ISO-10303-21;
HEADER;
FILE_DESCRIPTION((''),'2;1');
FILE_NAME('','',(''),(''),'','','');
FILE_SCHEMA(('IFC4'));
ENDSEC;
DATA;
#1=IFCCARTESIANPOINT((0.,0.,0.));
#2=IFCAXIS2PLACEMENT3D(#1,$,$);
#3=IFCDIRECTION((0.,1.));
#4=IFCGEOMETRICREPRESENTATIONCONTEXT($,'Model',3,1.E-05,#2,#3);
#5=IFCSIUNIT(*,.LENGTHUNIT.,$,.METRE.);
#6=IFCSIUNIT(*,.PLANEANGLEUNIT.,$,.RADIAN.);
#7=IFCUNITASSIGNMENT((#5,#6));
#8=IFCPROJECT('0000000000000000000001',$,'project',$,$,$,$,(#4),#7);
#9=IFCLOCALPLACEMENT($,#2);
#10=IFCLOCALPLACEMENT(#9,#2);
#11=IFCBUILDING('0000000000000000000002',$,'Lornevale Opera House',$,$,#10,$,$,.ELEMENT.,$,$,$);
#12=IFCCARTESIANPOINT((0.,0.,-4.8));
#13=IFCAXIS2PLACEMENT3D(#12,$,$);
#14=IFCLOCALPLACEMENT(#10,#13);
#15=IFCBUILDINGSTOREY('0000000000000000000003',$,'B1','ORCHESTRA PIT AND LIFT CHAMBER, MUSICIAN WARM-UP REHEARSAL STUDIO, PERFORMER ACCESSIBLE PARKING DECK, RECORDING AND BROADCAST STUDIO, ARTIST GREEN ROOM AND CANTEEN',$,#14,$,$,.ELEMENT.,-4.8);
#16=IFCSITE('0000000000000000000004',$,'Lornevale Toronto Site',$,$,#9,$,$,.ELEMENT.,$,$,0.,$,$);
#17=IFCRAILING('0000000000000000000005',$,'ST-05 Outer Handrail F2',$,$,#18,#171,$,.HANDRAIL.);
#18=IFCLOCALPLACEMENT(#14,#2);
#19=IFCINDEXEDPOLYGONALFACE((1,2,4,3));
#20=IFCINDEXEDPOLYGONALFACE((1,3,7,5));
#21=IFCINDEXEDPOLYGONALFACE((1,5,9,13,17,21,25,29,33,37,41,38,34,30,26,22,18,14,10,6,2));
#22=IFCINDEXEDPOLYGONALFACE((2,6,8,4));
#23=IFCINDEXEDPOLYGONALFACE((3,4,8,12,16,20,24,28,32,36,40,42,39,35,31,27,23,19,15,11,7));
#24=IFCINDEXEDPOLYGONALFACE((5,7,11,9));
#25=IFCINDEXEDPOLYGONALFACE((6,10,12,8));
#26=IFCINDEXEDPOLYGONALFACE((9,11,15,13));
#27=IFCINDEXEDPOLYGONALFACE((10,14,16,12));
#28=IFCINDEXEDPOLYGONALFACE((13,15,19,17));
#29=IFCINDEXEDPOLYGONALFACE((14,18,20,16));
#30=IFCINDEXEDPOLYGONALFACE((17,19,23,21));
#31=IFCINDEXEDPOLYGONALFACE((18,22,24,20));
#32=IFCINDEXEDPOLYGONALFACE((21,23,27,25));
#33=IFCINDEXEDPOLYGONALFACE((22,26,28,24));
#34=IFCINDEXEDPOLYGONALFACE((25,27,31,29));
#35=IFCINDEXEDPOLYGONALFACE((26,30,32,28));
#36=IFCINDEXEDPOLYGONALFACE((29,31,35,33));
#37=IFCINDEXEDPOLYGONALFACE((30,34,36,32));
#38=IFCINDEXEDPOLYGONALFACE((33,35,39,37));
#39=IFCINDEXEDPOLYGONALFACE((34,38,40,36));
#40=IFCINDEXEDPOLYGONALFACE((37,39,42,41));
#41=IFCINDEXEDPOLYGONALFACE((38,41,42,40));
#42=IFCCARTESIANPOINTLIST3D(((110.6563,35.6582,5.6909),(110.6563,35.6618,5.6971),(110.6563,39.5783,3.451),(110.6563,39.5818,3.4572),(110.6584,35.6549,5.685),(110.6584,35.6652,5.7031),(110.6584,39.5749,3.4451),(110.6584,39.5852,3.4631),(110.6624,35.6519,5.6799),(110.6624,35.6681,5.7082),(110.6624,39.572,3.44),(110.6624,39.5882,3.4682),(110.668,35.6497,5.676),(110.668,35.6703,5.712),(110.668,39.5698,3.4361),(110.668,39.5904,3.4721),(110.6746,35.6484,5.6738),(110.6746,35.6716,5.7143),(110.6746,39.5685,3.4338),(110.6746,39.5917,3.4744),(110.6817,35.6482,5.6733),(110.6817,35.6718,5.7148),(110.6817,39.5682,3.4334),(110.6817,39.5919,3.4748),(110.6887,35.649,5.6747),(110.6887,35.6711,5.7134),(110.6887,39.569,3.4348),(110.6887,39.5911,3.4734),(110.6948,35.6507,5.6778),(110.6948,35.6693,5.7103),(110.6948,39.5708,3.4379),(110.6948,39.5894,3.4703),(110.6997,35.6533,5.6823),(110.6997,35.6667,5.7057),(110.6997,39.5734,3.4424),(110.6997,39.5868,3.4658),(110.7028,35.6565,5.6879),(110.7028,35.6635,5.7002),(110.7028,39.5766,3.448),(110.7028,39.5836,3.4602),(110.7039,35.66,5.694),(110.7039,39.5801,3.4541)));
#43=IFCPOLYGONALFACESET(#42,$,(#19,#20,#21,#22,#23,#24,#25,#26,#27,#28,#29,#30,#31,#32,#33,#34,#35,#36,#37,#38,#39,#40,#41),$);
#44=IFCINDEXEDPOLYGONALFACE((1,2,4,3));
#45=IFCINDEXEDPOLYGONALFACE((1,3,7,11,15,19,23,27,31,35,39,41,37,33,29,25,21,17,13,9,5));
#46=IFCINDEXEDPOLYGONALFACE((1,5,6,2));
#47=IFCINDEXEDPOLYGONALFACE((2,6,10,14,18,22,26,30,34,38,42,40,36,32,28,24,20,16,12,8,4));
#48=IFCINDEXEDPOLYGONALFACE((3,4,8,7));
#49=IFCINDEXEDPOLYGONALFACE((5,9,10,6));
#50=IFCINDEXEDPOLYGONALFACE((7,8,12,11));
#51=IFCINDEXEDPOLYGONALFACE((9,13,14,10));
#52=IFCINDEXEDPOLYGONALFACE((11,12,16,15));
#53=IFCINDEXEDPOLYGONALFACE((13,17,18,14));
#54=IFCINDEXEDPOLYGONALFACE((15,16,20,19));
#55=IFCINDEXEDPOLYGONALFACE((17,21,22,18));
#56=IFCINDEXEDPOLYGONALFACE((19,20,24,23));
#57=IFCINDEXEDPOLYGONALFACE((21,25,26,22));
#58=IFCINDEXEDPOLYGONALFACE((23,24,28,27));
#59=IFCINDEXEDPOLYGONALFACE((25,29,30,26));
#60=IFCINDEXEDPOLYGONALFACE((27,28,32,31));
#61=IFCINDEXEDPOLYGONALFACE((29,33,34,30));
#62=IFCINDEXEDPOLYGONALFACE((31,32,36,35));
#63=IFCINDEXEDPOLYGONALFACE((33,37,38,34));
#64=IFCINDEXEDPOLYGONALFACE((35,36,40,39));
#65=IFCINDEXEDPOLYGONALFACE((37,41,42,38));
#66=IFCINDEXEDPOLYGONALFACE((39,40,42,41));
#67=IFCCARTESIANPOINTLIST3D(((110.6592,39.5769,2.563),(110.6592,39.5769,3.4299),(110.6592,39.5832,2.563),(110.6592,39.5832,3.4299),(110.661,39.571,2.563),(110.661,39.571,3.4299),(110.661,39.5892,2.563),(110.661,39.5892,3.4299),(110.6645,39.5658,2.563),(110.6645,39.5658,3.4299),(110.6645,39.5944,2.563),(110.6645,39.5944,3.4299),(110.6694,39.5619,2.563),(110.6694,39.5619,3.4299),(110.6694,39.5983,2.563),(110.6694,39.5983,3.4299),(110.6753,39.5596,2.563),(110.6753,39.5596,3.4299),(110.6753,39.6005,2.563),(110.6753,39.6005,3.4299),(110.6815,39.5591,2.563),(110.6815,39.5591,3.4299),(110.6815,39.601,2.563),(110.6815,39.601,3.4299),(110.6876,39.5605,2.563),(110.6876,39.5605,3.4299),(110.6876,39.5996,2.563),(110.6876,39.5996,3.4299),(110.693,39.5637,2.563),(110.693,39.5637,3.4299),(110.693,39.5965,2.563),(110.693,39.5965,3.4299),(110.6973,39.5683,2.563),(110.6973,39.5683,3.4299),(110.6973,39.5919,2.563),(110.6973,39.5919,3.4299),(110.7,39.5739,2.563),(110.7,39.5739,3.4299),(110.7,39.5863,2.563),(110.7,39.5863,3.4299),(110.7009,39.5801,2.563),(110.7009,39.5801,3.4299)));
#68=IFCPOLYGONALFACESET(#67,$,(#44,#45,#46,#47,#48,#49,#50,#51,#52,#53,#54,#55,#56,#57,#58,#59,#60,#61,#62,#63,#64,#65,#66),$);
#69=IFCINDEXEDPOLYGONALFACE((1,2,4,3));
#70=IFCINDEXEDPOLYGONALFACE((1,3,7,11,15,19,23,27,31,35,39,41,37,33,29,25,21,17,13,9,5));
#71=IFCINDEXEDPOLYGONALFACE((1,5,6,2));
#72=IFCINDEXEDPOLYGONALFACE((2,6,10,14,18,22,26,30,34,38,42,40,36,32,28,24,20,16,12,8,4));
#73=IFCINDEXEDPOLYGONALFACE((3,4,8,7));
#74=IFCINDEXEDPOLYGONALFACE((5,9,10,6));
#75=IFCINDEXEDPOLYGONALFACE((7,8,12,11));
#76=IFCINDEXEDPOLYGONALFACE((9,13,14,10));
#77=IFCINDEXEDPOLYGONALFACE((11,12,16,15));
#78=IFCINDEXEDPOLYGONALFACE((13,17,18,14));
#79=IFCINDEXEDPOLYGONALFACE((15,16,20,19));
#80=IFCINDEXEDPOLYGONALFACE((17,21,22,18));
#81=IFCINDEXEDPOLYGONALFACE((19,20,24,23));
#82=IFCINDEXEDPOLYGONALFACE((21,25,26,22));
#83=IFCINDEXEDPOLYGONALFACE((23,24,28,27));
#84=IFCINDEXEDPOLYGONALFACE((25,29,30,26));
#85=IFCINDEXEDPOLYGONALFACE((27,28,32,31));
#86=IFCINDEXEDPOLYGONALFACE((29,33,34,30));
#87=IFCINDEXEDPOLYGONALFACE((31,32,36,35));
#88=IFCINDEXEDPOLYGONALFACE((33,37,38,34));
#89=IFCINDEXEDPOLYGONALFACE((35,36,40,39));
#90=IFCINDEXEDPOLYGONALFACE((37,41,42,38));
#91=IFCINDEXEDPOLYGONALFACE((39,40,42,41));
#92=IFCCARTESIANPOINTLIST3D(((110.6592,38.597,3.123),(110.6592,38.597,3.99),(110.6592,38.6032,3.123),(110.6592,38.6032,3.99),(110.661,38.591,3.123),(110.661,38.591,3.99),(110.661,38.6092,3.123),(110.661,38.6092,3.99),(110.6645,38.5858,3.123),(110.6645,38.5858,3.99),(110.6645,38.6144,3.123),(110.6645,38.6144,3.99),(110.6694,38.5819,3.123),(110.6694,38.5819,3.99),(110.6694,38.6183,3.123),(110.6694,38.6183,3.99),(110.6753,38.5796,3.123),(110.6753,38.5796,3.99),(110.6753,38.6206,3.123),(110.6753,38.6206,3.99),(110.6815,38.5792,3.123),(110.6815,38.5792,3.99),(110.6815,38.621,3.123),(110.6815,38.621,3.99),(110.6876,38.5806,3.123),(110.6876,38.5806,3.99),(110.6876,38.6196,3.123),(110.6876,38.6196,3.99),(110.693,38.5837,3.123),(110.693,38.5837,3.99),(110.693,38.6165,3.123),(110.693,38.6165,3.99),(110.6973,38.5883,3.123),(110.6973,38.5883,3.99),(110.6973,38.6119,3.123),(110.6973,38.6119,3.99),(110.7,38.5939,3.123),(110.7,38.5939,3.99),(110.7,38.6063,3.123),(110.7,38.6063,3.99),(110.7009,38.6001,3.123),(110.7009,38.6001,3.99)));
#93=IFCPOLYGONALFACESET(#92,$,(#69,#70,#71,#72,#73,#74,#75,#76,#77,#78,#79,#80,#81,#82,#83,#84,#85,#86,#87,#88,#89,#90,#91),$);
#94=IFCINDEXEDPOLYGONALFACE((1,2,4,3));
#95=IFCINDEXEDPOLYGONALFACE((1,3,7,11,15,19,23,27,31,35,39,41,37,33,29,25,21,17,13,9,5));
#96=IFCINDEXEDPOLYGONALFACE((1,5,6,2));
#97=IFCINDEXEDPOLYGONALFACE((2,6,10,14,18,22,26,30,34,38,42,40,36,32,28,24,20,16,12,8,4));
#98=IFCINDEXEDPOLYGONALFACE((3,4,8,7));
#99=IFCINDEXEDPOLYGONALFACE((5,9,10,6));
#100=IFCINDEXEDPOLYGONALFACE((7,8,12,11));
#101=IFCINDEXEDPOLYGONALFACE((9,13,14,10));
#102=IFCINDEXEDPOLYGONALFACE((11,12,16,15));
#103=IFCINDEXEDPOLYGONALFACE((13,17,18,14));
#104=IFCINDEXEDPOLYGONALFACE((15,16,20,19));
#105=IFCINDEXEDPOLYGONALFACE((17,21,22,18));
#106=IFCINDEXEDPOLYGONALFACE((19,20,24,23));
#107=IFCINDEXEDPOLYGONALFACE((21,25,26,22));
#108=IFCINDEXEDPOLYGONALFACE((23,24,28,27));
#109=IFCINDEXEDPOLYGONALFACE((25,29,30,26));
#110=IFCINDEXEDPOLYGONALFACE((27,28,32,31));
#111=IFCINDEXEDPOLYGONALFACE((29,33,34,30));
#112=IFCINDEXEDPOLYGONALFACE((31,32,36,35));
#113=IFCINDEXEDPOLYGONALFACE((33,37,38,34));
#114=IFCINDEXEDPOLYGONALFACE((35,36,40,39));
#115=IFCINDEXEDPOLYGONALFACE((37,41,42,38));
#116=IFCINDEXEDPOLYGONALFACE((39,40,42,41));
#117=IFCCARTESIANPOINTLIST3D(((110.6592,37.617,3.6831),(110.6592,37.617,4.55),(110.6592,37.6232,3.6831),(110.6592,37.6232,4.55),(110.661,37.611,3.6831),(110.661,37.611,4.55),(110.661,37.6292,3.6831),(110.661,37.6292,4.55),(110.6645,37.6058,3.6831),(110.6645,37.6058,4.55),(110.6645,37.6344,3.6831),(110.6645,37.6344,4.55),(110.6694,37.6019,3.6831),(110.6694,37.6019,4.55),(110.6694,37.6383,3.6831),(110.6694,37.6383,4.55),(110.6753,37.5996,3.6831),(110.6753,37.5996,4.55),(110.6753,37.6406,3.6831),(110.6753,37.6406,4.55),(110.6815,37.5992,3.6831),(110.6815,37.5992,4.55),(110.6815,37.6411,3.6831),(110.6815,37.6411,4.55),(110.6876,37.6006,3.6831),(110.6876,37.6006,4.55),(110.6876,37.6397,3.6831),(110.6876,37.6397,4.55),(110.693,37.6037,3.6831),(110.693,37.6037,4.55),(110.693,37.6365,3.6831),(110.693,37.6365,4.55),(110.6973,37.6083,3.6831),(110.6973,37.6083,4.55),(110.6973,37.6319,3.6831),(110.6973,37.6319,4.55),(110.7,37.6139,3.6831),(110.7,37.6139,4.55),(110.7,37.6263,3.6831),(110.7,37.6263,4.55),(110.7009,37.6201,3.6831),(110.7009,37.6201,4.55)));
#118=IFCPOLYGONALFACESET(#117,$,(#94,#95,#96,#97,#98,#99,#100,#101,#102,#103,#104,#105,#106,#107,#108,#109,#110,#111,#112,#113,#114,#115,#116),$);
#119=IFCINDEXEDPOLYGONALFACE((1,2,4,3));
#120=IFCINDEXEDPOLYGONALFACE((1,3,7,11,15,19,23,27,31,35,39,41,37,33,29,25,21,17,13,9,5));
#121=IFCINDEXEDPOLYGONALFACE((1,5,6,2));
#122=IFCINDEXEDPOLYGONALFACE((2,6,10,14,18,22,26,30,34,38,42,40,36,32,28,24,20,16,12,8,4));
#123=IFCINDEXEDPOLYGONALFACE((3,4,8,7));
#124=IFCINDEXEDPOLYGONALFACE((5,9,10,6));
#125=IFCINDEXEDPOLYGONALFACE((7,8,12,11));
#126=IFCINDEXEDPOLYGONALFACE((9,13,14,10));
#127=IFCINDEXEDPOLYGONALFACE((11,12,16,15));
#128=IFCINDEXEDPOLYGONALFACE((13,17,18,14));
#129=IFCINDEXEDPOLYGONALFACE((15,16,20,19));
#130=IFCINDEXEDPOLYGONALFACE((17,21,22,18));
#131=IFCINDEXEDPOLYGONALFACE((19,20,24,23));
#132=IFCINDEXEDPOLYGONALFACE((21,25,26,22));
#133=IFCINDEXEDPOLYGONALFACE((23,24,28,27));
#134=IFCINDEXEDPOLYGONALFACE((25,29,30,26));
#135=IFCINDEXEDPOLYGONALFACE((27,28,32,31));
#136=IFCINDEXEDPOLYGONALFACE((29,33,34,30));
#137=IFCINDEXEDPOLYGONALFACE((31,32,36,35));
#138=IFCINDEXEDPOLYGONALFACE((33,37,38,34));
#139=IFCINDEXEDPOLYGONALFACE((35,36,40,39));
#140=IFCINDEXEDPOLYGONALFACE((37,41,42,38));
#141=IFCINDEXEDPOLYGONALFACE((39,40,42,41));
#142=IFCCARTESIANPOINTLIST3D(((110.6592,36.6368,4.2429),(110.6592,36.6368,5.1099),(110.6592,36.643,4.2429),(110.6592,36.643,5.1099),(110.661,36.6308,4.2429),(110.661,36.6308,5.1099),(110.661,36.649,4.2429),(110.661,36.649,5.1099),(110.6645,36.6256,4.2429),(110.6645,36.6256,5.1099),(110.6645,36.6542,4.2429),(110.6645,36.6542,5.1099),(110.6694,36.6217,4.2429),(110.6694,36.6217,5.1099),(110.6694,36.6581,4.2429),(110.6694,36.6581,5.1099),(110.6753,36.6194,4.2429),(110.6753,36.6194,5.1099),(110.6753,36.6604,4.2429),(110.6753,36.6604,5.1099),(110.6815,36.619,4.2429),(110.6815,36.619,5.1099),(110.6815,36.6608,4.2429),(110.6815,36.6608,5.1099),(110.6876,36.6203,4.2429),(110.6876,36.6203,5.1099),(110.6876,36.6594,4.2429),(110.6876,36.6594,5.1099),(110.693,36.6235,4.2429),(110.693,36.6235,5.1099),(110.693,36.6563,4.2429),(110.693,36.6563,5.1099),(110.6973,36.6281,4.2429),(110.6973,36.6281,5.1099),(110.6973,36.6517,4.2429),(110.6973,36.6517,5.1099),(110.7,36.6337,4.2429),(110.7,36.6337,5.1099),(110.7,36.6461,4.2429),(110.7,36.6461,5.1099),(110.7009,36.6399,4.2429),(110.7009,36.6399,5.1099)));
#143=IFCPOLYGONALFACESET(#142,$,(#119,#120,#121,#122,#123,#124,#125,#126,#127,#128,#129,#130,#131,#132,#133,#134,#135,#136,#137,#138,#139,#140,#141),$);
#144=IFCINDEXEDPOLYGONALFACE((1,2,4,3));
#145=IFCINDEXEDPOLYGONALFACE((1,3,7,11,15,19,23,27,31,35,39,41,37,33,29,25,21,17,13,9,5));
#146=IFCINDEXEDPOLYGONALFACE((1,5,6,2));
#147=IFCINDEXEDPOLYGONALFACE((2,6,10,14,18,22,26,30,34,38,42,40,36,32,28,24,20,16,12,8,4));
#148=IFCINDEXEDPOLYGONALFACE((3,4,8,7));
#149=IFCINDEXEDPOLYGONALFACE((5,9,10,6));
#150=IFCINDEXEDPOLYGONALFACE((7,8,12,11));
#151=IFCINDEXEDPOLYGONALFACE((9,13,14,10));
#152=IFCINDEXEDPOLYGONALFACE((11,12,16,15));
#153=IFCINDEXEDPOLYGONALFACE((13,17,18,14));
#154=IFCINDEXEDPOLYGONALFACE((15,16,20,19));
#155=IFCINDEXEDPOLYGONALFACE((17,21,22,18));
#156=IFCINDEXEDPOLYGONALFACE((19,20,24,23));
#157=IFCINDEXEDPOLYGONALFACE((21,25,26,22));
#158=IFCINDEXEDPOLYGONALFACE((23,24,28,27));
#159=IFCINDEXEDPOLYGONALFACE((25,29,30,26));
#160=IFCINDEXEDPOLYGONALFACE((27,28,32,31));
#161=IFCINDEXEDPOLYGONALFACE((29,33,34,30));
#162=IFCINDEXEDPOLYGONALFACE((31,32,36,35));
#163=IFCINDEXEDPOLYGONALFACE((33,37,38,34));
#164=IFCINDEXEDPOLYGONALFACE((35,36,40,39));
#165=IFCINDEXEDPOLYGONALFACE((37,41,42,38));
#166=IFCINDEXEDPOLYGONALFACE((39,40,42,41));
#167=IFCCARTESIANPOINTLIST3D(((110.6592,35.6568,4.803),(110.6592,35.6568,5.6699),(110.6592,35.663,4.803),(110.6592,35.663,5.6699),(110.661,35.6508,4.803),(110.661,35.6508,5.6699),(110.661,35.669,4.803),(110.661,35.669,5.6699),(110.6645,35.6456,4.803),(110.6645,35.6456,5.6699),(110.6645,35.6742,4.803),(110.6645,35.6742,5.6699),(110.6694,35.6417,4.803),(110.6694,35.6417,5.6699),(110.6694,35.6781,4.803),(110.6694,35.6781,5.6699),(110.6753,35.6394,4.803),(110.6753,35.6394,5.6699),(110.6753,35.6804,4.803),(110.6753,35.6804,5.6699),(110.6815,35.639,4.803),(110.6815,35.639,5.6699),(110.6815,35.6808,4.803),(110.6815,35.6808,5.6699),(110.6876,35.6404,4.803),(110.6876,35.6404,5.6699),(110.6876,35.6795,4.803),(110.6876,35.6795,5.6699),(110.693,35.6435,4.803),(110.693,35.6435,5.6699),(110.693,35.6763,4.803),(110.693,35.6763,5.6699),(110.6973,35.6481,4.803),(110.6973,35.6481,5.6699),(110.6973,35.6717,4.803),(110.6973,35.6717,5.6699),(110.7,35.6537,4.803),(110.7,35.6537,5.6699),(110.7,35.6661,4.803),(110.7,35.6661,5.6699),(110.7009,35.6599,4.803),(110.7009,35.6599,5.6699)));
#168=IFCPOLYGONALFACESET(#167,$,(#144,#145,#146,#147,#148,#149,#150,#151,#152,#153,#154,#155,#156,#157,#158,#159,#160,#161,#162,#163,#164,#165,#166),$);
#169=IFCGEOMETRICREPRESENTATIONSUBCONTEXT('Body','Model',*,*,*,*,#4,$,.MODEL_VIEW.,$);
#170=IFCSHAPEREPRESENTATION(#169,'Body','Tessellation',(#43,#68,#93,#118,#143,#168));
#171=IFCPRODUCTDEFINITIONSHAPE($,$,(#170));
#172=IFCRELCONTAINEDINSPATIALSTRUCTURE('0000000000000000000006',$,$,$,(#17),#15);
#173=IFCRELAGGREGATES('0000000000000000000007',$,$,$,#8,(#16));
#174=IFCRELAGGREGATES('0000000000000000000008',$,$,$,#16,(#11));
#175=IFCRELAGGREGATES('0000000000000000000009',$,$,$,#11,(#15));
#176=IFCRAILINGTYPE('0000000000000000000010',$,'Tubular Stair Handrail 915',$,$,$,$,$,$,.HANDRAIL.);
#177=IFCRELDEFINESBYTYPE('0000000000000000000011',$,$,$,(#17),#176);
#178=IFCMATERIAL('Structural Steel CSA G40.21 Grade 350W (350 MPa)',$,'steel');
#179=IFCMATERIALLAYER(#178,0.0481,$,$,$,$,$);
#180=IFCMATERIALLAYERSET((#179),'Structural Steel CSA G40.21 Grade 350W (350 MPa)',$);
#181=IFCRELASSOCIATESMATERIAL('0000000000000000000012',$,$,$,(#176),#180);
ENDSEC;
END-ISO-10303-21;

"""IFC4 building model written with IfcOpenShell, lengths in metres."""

from ifc_helpers import new_model, si_unit, direction, frame, origin, origin_2d, place, context, subcontext, project, spatial, circle, extrude, material, layer, layer_set, type_object, element, save


model = new_model("IFC4")

# Units and contexts
model_context = context("Model", 3, precision=1e-05, world=origin(), true_north=direction((0.0, 1.0)))
body_context = subcontext(model_context, "Body", "Model", "MODEL_VIEW")
ifc_project = project(units=[si_unit("LENGTHUNIT", "METRE"), si_unit("PLANEANGLEUNIT", "RADIAN")], contexts=[model_context])

# Site, building, storey
site_placement = place(None, origin())
site = spatial("IfcSite", under=ifc_project, at=site_placement, Name="Lornevale Toronto Site", CompositionType="ELEMENT", RefElevation=0.0)
building_placement = place(site_placement, origin())
building = spatial("IfcBuilding", under=site, at=building_placement, Name="Lornevale Opera House", CompositionType="ELEMENT")
storey_placement = place(building_placement, frame((0.0, 0.0, -4.8)))
storey = spatial("IfcBuildingStorey", under=building, at=storey_placement, Name="B1", Description="ORCHESTRA PIT AND LIFT CHAMBER, MUSICIAN WARM-UP REHEARSAL STUDIO, PERFORMER ACCESSIBLE PARKING DECK, RECORDING AND BROADCAST STUDIO, ARTIST GREEN ROOM AND CANTEEN", CompositionType="ELEMENT", Elevation=-4.8)

# Railing
ifc_material_1 = material(Name="Structural Steel CSA G40.21 Grade 350W (350 MPa)", Category="steel")
ifc_layer_1 = layer(ifc_material_1, 0.0481)
ifc_layer_set_1 = layer_set([ifc_layer_1], Name="Structural Steel CSA G40.21 Grade 350W (350 MPa)")
railing_type_1 = type_object("IfcRailingType", Name="Tubular Stair Handrail 915", PredefinedType="HANDRAIL", material=ifc_layer_set_1)
railing_1_placement = place(storey_placement, frame((110.6799, 39.5801, 2.563)))
element("IfcRailing", 1, at=railing_1_placement, inside=storey, type_object=railing_type_1, Name="ST-05 Outer Handrail F2", PredefinedType="HANDRAIL", context=body_context, shape_type="SweptSolid", body=[
    extrude(circle(Radius=0.0239, at=origin_2d()), frame((0.0, 0.0, 0.8911), z_axis=(0.0, -0.868253, 0.496121), x_axis=(1.0, 0.0, 0.0)), (0.0, 0.0, 1.0), 4.5149),
    extrude(circle(Radius=0.021, at=origin_2d()), origin(), (0.0, 0.0, 1.0), 0.8669),
    extrude(circle(Radius=0.021, at=origin_2d()), frame((0.0, -0.98, 0.5601)), (0.0, 0.0, 1.0), 0.8669),
    extrude(circle(Radius=0.021, at=origin_2d()), frame((0.0, -1.96, 1.1201)), (0.0, 0.0, 1.0), 0.8669),
    extrude(circle(Radius=0.021, at=origin_2d()), frame((0.0, -2.9402, 1.6799)), (0.0, 0.0, 1.0), 0.8669),
    extrude(circle(Radius=0.021, at=origin_2d()), frame((0.0, -3.9202, 2.24)), (0.0, 0.0, 1.0), 0.8669),
])

save(model, "model.ifc")
